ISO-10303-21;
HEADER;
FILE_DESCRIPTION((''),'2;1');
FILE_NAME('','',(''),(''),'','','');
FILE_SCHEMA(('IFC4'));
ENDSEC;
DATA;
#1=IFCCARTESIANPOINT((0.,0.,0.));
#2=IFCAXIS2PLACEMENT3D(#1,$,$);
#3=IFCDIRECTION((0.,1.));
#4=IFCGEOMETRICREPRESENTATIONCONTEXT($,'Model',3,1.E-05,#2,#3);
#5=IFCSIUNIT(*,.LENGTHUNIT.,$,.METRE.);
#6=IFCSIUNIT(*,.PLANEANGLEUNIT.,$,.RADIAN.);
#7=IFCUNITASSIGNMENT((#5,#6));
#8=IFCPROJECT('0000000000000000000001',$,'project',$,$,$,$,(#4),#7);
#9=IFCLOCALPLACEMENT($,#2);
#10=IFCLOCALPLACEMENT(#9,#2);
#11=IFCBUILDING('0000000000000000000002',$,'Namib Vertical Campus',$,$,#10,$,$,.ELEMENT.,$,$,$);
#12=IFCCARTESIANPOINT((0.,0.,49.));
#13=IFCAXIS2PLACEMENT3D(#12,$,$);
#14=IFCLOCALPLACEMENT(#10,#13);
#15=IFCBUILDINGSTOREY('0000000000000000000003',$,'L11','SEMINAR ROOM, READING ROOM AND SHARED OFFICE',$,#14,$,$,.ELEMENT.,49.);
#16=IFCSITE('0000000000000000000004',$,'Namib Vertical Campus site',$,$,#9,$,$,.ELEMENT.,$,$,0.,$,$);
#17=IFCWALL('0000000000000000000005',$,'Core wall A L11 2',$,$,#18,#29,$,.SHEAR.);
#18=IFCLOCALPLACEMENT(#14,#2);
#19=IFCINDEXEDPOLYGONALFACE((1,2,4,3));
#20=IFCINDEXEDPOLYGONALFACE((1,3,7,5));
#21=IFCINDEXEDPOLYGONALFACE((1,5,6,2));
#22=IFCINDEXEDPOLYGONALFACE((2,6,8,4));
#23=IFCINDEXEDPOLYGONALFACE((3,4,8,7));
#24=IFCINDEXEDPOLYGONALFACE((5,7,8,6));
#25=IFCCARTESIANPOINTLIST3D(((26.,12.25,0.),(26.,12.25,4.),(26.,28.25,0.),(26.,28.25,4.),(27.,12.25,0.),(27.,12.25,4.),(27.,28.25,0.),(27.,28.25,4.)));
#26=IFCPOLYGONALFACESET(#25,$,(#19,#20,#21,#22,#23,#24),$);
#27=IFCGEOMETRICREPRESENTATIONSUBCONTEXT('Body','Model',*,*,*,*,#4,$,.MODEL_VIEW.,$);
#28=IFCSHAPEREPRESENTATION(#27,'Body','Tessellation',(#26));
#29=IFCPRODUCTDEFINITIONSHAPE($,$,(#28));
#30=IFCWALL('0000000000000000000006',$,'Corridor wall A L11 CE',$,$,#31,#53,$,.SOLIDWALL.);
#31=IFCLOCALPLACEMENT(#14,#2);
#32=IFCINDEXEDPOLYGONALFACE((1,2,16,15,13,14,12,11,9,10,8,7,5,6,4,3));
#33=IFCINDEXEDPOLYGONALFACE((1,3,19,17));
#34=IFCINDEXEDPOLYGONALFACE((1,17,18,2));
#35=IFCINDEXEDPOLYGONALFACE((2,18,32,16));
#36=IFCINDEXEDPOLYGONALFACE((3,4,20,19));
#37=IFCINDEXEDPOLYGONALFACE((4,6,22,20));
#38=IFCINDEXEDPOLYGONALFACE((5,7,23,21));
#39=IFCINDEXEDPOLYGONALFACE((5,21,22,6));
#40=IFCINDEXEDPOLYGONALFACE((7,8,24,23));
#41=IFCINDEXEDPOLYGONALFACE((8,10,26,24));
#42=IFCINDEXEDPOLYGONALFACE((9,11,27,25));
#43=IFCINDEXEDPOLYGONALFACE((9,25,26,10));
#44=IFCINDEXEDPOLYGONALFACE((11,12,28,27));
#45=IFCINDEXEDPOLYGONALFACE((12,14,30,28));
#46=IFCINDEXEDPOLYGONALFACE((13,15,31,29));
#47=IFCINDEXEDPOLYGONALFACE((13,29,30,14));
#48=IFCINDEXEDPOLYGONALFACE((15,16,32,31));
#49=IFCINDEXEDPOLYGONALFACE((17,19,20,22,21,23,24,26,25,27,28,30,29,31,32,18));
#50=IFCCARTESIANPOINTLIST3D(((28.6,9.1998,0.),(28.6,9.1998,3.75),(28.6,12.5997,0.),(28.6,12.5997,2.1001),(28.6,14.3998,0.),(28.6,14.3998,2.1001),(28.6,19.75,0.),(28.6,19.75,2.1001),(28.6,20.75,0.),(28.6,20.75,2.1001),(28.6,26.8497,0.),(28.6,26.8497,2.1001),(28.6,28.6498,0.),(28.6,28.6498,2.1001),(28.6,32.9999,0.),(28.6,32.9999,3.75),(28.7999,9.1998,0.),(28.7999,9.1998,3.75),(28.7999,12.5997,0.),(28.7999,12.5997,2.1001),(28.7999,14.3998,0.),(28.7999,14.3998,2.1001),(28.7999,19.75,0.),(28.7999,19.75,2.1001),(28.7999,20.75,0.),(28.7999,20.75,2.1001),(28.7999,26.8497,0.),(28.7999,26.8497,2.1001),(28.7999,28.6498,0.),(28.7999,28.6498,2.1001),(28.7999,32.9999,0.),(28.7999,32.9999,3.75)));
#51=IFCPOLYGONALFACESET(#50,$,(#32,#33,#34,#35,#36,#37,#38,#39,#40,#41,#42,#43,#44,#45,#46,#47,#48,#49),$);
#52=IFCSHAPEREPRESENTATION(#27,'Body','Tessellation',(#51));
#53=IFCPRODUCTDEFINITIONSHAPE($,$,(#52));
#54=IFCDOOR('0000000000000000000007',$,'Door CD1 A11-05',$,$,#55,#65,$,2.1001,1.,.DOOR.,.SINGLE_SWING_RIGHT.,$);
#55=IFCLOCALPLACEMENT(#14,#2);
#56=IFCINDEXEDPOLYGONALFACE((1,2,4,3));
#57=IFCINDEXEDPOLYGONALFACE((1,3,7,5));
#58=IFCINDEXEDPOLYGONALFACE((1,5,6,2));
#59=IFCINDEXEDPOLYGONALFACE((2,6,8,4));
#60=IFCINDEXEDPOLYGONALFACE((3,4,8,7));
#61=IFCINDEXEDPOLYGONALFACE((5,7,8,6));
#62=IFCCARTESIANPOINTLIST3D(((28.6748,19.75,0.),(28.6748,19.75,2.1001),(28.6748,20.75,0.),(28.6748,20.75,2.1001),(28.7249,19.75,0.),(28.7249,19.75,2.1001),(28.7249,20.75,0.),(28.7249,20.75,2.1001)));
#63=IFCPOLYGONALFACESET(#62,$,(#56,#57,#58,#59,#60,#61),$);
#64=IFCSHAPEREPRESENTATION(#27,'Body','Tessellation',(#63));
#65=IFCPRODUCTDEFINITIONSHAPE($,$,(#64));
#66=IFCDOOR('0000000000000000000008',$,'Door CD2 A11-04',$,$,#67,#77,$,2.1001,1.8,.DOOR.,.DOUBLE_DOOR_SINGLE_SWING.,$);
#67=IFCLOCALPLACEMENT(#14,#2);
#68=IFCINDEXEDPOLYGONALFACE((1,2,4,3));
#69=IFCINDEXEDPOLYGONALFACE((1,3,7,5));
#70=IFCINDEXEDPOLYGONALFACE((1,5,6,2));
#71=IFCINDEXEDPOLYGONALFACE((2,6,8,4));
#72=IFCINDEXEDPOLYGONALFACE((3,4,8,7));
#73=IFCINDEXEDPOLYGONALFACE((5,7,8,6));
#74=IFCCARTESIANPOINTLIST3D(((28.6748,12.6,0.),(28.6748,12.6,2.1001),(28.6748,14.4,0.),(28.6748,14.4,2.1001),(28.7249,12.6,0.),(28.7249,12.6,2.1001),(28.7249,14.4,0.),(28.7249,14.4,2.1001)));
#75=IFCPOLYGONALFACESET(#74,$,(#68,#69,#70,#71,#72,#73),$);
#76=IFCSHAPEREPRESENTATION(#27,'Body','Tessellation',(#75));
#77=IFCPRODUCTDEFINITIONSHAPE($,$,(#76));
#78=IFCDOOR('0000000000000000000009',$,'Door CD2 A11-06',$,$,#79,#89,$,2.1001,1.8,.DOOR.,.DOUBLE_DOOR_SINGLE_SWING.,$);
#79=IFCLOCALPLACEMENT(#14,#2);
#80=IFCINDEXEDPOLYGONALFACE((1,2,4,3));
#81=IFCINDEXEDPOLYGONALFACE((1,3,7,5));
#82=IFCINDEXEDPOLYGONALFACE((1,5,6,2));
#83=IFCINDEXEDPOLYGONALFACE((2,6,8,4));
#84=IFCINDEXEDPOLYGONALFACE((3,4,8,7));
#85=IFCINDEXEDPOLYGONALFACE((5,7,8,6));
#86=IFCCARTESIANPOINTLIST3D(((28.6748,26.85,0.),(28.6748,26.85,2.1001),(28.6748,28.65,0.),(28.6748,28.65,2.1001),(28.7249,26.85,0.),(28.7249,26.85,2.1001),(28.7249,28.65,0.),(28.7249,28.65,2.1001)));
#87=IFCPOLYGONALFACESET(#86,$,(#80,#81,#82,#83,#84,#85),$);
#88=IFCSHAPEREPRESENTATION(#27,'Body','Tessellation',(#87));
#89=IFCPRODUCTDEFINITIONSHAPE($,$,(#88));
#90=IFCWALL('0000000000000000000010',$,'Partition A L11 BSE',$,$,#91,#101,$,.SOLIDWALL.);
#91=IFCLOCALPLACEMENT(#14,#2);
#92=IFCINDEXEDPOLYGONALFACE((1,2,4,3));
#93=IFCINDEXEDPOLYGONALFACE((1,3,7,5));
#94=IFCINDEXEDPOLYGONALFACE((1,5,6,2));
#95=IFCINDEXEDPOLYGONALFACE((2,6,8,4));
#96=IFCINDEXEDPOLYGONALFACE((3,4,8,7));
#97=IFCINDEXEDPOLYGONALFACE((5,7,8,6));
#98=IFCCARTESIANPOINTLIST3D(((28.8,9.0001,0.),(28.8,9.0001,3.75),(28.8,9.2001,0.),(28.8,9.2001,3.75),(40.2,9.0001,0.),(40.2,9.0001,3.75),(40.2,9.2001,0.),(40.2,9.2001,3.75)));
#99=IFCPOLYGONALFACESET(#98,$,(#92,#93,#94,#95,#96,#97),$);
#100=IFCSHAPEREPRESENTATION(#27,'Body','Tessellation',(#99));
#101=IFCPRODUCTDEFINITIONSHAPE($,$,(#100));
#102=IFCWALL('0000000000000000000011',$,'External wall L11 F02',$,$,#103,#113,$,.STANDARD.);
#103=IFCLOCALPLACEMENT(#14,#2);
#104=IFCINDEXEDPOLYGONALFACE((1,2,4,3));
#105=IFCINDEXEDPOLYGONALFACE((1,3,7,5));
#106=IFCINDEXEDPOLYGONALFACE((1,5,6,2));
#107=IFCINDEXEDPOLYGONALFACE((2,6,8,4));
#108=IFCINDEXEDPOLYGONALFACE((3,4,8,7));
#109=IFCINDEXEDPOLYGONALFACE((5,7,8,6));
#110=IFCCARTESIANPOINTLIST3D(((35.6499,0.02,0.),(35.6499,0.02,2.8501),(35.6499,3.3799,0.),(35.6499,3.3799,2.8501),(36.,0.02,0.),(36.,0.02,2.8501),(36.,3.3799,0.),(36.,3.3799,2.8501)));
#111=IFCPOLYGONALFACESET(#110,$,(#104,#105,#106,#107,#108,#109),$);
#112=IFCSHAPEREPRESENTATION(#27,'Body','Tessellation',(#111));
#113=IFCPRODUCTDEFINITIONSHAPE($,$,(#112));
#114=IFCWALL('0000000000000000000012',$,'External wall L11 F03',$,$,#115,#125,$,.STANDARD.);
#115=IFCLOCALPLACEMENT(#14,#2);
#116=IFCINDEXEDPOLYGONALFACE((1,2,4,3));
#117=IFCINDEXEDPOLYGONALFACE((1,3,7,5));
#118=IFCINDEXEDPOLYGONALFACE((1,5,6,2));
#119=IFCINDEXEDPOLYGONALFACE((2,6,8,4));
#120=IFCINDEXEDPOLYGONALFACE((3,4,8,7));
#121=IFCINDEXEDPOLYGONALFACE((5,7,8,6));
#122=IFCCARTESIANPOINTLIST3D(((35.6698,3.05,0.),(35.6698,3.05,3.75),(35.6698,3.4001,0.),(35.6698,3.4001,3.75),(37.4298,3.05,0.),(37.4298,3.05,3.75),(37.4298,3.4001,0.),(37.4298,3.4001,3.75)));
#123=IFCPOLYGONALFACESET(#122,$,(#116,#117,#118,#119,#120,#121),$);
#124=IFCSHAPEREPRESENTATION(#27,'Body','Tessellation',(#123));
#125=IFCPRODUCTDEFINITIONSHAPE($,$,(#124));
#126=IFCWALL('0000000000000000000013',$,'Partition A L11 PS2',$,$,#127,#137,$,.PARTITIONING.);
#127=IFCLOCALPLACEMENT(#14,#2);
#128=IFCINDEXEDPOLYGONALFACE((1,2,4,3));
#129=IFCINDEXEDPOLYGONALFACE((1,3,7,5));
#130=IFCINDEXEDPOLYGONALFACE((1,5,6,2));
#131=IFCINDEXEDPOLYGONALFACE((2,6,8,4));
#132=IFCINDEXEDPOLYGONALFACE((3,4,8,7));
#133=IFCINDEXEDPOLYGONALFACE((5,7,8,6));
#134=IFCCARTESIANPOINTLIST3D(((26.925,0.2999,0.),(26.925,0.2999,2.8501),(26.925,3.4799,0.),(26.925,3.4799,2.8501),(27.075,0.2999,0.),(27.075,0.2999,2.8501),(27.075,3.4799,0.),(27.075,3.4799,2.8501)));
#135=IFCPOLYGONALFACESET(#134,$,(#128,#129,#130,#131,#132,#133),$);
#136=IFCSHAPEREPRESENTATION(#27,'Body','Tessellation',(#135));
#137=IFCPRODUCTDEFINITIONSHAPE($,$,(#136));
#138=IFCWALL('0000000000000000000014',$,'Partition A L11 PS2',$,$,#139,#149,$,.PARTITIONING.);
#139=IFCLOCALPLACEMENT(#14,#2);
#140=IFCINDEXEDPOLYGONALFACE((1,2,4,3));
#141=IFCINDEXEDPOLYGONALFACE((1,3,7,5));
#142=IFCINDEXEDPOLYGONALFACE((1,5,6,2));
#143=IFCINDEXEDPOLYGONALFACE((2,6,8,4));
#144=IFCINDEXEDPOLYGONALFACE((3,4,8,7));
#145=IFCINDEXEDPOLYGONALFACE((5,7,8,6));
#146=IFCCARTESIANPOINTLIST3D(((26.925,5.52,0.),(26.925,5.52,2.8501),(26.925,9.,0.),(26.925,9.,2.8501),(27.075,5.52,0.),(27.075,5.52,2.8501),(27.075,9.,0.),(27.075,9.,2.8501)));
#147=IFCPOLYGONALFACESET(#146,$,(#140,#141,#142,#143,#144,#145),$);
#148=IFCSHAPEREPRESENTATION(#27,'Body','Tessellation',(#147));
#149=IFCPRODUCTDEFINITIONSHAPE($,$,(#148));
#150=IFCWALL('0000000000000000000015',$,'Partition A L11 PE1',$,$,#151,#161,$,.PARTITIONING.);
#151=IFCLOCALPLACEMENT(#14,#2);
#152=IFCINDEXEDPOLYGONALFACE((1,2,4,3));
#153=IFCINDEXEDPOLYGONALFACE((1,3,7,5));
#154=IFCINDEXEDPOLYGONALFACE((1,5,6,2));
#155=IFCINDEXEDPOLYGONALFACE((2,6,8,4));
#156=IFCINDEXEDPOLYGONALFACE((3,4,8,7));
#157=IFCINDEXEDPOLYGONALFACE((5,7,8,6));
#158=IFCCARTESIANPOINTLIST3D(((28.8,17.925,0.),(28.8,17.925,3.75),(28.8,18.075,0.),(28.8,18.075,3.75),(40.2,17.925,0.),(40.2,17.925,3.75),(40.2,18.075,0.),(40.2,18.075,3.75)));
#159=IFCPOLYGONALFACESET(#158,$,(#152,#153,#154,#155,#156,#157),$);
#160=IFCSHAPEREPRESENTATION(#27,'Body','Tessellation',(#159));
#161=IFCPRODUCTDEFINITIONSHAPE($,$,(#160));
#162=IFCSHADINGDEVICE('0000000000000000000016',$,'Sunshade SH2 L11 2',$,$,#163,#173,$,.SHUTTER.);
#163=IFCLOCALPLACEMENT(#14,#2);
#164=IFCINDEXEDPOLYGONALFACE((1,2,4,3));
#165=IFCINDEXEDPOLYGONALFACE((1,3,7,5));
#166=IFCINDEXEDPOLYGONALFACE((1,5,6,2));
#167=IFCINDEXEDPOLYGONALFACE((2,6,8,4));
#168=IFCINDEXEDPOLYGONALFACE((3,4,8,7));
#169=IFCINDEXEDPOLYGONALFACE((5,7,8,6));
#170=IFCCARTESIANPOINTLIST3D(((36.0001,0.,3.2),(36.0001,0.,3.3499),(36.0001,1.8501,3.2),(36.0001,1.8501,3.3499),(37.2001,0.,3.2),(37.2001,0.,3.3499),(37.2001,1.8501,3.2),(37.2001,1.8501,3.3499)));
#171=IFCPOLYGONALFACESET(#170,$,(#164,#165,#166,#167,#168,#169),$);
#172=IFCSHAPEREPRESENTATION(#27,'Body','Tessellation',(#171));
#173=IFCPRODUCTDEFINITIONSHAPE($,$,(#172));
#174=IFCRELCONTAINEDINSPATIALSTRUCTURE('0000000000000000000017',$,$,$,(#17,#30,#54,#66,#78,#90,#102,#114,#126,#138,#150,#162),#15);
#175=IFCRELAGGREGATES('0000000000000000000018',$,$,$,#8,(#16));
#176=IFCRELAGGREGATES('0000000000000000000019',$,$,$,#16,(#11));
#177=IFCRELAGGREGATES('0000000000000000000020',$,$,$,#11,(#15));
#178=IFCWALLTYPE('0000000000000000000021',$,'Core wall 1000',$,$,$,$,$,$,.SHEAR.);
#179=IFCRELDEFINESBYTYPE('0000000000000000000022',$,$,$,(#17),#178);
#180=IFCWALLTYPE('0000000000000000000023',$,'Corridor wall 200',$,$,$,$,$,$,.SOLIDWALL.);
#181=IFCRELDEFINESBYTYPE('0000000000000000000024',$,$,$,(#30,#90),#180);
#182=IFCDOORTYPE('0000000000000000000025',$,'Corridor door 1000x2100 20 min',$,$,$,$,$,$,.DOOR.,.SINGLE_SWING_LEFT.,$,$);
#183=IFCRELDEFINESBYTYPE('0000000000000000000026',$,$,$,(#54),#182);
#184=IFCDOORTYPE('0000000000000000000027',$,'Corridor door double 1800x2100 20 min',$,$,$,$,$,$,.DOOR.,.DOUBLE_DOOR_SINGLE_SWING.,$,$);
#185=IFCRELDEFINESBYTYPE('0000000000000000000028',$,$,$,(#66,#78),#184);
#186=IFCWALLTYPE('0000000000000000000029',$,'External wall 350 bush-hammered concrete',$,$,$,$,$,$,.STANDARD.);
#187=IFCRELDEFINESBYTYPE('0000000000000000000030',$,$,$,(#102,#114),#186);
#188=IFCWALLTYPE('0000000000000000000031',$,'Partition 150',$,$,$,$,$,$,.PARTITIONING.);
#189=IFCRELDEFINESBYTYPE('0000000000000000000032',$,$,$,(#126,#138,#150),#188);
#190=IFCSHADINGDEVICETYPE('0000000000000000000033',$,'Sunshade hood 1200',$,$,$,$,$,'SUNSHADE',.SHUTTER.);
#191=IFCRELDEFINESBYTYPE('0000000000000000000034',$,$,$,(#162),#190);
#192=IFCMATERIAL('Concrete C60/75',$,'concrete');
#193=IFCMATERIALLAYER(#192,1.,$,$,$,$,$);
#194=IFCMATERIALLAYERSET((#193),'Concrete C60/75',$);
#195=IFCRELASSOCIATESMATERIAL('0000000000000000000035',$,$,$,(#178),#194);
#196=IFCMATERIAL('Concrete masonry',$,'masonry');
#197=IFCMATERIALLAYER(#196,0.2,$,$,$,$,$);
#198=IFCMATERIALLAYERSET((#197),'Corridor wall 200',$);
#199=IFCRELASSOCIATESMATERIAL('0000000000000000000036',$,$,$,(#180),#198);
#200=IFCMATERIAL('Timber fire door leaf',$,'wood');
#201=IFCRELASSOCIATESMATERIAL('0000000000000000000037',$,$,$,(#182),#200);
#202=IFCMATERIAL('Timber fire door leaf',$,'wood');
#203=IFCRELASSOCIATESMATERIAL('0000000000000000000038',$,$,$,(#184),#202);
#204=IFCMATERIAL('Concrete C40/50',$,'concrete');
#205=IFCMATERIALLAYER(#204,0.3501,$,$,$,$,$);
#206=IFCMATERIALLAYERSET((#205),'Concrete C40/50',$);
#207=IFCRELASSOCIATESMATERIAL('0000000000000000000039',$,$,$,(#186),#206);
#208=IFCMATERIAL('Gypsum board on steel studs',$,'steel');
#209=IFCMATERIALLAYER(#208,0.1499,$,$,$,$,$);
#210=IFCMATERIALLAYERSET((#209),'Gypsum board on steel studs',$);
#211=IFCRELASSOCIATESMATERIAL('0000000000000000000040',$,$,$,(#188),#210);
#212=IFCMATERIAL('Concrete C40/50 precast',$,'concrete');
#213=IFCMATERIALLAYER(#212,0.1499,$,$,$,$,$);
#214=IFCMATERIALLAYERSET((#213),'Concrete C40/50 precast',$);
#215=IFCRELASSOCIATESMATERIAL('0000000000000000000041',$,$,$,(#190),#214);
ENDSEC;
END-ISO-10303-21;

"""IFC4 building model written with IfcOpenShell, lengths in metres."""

from ifc_helpers import new_model, si_unit, direction, frame, frame_2d, origin, origin_2d, place, context, subcontext, project, spatial, rectangle, extrude, material, layer, layer_set, type_object, element, fill, save


model = new_model("IFC4")

# Units and contexts
model_context = context("Model", 3, precision=1e-05, world=origin(), true_north=direction((0.0, 1.0)))
body_context = subcontext(model_context, "Body", "Model", "MODEL_VIEW")
ifc_project = project(units=[si_unit("LENGTHUNIT", "METRE"), si_unit("PLANEANGLEUNIT", "RADIAN")], contexts=[model_context])

# Site, building, storey
site_placement = place(None, origin())
site = spatial("IfcSite", under=ifc_project, at=site_placement, Name="Namib Vertical Campus site", CompositionType="ELEMENT", RefElevation=0.0)
building_placement = place(site_placement, origin())
building = spatial("IfcBuilding", under=site, at=building_placement, Name="Namib Vertical Campus", CompositionType="ELEMENT")
storey_placement = place(building_placement, frame((0.0, 0.0, 49.0)))
storey = spatial("IfcBuildingStorey", under=building, at=storey_placement, Name="L11", Description="SEMINAR ROOM, READING ROOM AND SHARED OFFICE", CompositionType="ELEMENT", Elevation=49.0)

# Wall
ifc_material_1 = material(Name="Concrete C60/75", Category="concrete")
ifc_layer_1 = layer(ifc_material_1, 1.0)
ifc_layer_set_1 = layer_set([ifc_layer_1], Name="Concrete C60/75")
wall_type_1 = type_object("IfcWallType", Name="Core wall 1000", PredefinedType="SHEAR", material=ifc_layer_set_1)
wall_1_placement = place(storey_placement, frame((26.5, 12.25, 0.0), z_axis=(0.0, 0.0, 1.0), x_axis=(0.0, 1.0, 0.0)))
element("IfcWall", 1, at=wall_1_placement, inside=storey, type_object=wall_type_1, Name="Core wall A L11 2", PredefinedType="SHEAR", context=body_context, shape_type="SweptSolid", body=[
    extrude(rectangle(XDim=16.0, YDim=1.0, at=frame_2d((8.0, 0.0))), origin(), (0.0, 0.0, 1.0), 4.0),
])

# Wall, openings, doors
ifc_material_2 = material(Name="Concrete masonry", Category="masonry")
ifc_layer_2 = layer(ifc_material_2, 0.2)
ifc_layer_set_2 = layer_set([ifc_layer_2], Name="Corridor wall 200")
wall_type_2 = type_object("IfcWallType", Name="Corridor wall 200", PredefinedType="SOLIDWALL", material=ifc_layer_set_2)
wall_2_placement = place(storey_placement, frame((28.7, 9.2, 0.0), z_axis=(0.0, 0.0, 1.0), x_axis=(0.0, 1.0, 0.0)))
wall_2 = element("IfcWall", 2, at=wall_2_placement, inside=storey, type_object=wall_type_2, Name="Corridor wall A L11 CE", PredefinedType="SOLIDWALL", context=body_context, shape_type="SweptSolid", body=[
    extrude(rectangle(XDim=23.8, YDim=0.2, at=frame_2d((11.8999, 0.0))), origin(), (0.0, 0.0, 1.0), 3.75),
])
opening_1_placement = place(wall_2_placement, frame((3.3999, 0.0, 0.0)))
opening_1 = element("IfcOpeningElement", 3, at=opening_1_placement, cuts=wall_2, PredefinedType="OPENING", context=body_context, shape_type="SweptSolid", body=[
    extrude(rectangle(XDim=1.8, YDim=2.1001, at=frame_2d((0.8999, 1.05))), frame((0.0, 0.1099, 0.0), z_axis=(0.0, -1.0, 0.0), x_axis=(1.0, 0.0, 0.0)), (0.0, 0.0, 1.0), 0.22),
])
opening_2_placement = place(wall_2_placement, frame((10.55, 0.0, 0.0)))
opening_2 = element("IfcOpeningElement", 4, at=opening_2_placement, cuts=wall_2, PredefinedType="OPENING", context=body_context, shape_type="SweptSolid", body=[
    extrude(rectangle(XDim=1.0, YDim=2.1001, at=frame_2d((0.5, 1.05))), frame((0.0, 0.1099, 0.0), z_axis=(0.0, -1.0, 0.0), x_axis=(1.0, 0.0, 0.0)), (0.0, 0.0, 1.0), 0.22),
])
opening_3_placement = place(wall_2_placement, frame((17.6499, 0.0, 0.0)))
opening_3 = element("IfcOpeningElement", 5, at=opening_3_placement, cuts=wall_2, PredefinedType="OPENING", context=body_context, shape_type="SweptSolid", body=[
    extrude(rectangle(XDim=1.8, YDim=2.1001, at=frame_2d((0.8999, 1.05))), frame((0.0, 0.1099, 0.0), z_axis=(0.0, -1.0, 0.0), x_axis=(1.0, 0.0, 0.0)), (0.0, 0.0, 1.0), 0.22),
])
ifc_material_3 = material(Name="Timber fire door leaf", Category="wood")
door_type_1 = type_object("IfcDoorType", Name="Corridor door 1000x2100 20 min", OperationType="SINGLE_SWING_LEFT", PredefinedType="DOOR", material=ifc_material_3)
door_1_placement = place(opening_2_placement, frame((1.0, 0.0, 0.0), z_axis=(0.0, 0.0, 1.0), x_axis=(-1.0, 0.0, 0.0)))
door_1 = element("IfcDoor", 6, at=door_1_placement, inside=storey, type_object=door_type_1, Name="Door CD1 A11-05", OperationType="SINGLE_SWING_RIGHT", OverallHeight=2.1001, OverallWidth=1.0, PredefinedType="DOOR", context=body_context, shape_type="SweptSolid", body=[
    extrude(rectangle(XDim=1.0, YDim=2.1001, at=frame_2d((0.5, 1.05))), frame((0.0, 0.0249, 0.0), z_axis=(0.0, -1.0, 0.0), x_axis=(1.0, 0.0, 0.0)), (0.0, 0.0, 1.0), 0.05),
])
fill(opening_2, door_1)
ifc_material_4 = material(Name="Timber fire door leaf", Category="wood")
door_type_2 = type_object("IfcDoorType", Name="Corridor door double 1800x2100 20 min", OperationType="DOUBLE_DOOR_SINGLE_SWING", PredefinedType="DOOR", material=ifc_material_4)
door_2_placement = place(opening_1_placement, frame((1.8, 0.0, 0.0), z_axis=(0.0, 0.0, 1.0), x_axis=(-1.0, 0.0, 0.0)))
door_2 = element("IfcDoor", 7, at=door_2_placement, inside=storey, type_object=door_type_2, Name="Door CD2 A11-04", OperationType="DOUBLE_DOOR_SINGLE_SWING", OverallHeight=2.1001, OverallWidth=1.8, PredefinedType="DOOR", context=body_context, shape_type="SweptSolid", body=[
    extrude(rectangle(XDim=1.8, YDim=2.1001, at=frame_2d((0.8999, 1.05))), frame((0.0, 0.0249, 0.0), z_axis=(0.0, -1.0, 0.0), x_axis=(1.0, 0.0, 0.0)), (0.0, 0.0, 1.0), 0.05),
])
fill(opening_1, door_2)
door_3_placement = place(opening_3_placement, frame((1.8, 0.0, 0.0), z_axis=(0.0, 0.0, 1.0), x_axis=(-1.0, 0.0, 0.0)))
door_3 = element("IfcDoor", 8, at=door_3_placement, inside=storey, type_object=door_type_2, Name="Door CD2 A11-06", OperationType="DOUBLE_DOOR_SINGLE_SWING", OverallHeight=2.1001, OverallWidth=1.8, PredefinedType="DOOR", context=body_context, shape_type="SweptSolid", body=[
    extrude(rectangle(XDim=1.8, YDim=2.1001, at=frame_2d((0.8999, 1.05))), frame((0.0, 0.0249, 0.0), z_axis=(0.0, -1.0, 0.0), x_axis=(1.0, 0.0, 0.0)), (0.0, 0.0, 1.0), 0.05),
])
fill(opening_3, door_3)

# Walls
wall_3_placement = place(storey_placement, frame((28.8, 9.1001, 0.0), z_axis=(0.0, 0.0, 1.0), x_axis=(1.0, 0.0, 0.0)))
element("IfcWall", 9, at=wall_3_placement, inside=storey, type_object=wall_type_2, Name="Partition A L11 BSE", PredefinedType="SOLIDWALL", context=body_context, shape_type="SweptSolid", body=[
    extrude(rectangle(XDim=11.3999, YDim=0.2, at=frame_2d((5.7, 0.0))), origin(), (0.0, 0.0, 1.0), 3.75),
])
ifc_material_5 = material(Name="Concrete C40/50", Category="concrete")
ifc_layer_3 = layer(ifc_material_5, 0.3501)
ifc_layer_set_3 = layer_set([ifc_layer_3], Name="Concrete C40/50")
wall_type_3 = type_object("IfcWallType", Name="External wall 350 bush-hammered concrete", PredefinedType="STANDARD", material=ifc_layer_set_3)
wall_4_placement = place(storey_placement, frame((35.825, 0.02, 0.0), z_axis=(0.0, 0.0, 1.0), x_axis=(0.0, 1.0, 0.0)))
element("IfcWall", 10, at=wall_4_placement, inside=storey, type_object=wall_type_3, Name="External wall L11 F02", PredefinedType="STANDARD", context=body_context, shape_type="SweptSolid", body=[
    extrude(rectangle(XDim=3.3599, YDim=0.3501, at=frame_2d((1.6799, 0.0))), origin(), (0.0, 0.0, 1.0), 2.8501),
])
wall_5_placement = place(storey_placement, frame((35.6699, 3.2251, 0.0), z_axis=(0.0, 0.0, 1.0), x_axis=(1.0, 0.0, 0.0)))
element("IfcWall", 11, at=wall_5_placement, inside=storey, type_object=wall_type_3, Name="External wall L11 F03", PredefinedType="STANDARD", context=body_context, shape_type="SweptSolid", body=[
    extrude(rectangle(XDim=1.76, YDim=0.3501, at=frame_2d((0.8799, 0.0))), origin(), (0.0, 0.0, 1.0), 3.75),
])
ifc_material_6 = material(Name="Gypsum board on steel studs", Category="steel")
ifc_layer_4 = layer(ifc_material_6, 0.1499)
ifc_layer_set_4 = layer_set([ifc_layer_4], Name="Gypsum board on steel studs")
wall_type_4 = type_object("IfcWallType", Name="Partition 150", PredefinedType="PARTITIONING", material=ifc_layer_set_4)
wall_6_placement = place(storey_placement, frame((27.0, 0.3, 0.0), z_axis=(0.0, 0.0, 1.0), x_axis=(0.0, 1.0, 0.0)))
element("IfcWall", 12, at=wall_6_placement, inside=storey, type_object=wall_type_4, Name="Partition A L11 PS2", PredefinedType="PARTITIONING", context=body_context, shape_type="SweptSolid", body=[
    extrude(rectangle(XDim=3.1799, YDim=0.1499, at=frame_2d((1.5898, 0.0))), origin(), (0.0, 0.0, 1.0), 2.8501),
])
wall_7_placement = place(storey_placement, frame((27.0, 5.52, 0.0), z_axis=(0.0, 0.0, 1.0), x_axis=(0.0, 1.0, 0.0)))
element("IfcWall", 13, at=wall_7_placement, inside=storey, type_object=wall_type_4, Name="Partition A L11 PS2", PredefinedType="PARTITIONING", context=body_context, shape_type="SweptSolid", body=[
    extrude(rectangle(XDim=3.48, YDim=0.1499, at=frame_2d((1.74, 0.0))), origin(), (0.0, 0.0, 1.0), 2.8501),
])
wall_8_placement = place(storey_placement, frame((28.8, 18.0, 0.0), z_axis=(0.0, 0.0, 1.0), x_axis=(1.0, 0.0, 0.0)))
element("IfcWall", 14, at=wall_8_placement, inside=storey, type_object=wall_type_4, Name="Partition A L11 PE1", PredefinedType="PARTITIONING", context=body_context, shape_type="SweptSolid", body=[
    extrude(rectangle(XDim=11.3999, YDim=0.1499, at=frame_2d((5.7, 0.0))), origin(), (0.0, 0.0, 1.0), 3.75),
])

# Shading device
ifc_material_7 = material(Name="Concrete C40/50 precast", Category="concrete")
ifc_layer_5 = layer(ifc_material_7, 0.1499)
ifc_layer_set_5 = layer_set([ifc_layer_5], Name="Concrete C40/50 precast")
shading_device_type = type_object("IfcShadingDeviceType", Name="Sunshade hood 1200", ElementType="SUNSHADE", PredefinedType="SHUTTER", material=ifc_layer_set_5)
shading_device_placement = place(storey_placement, frame((36.6001, 0.925, 3.2), z_axis=(0.0, 0.0, 1.0), x_axis=(0.0, 1.0, 0.0)))
element("IfcShadingDevice", 15, at=shading_device_placement, inside=storey, type_object=shading_device_type, Name="Sunshade SH2 L11 2", PredefinedType="SHUTTER", context=body_context, shape_type="SweptSolid", body=[
    extrude(rectangle(XDim=1.8501, YDim=1.2, at=origin_2d()), origin(), (0.0, 0.0, 1.0), 0.1499),
])

save(model, "model.ifc")
